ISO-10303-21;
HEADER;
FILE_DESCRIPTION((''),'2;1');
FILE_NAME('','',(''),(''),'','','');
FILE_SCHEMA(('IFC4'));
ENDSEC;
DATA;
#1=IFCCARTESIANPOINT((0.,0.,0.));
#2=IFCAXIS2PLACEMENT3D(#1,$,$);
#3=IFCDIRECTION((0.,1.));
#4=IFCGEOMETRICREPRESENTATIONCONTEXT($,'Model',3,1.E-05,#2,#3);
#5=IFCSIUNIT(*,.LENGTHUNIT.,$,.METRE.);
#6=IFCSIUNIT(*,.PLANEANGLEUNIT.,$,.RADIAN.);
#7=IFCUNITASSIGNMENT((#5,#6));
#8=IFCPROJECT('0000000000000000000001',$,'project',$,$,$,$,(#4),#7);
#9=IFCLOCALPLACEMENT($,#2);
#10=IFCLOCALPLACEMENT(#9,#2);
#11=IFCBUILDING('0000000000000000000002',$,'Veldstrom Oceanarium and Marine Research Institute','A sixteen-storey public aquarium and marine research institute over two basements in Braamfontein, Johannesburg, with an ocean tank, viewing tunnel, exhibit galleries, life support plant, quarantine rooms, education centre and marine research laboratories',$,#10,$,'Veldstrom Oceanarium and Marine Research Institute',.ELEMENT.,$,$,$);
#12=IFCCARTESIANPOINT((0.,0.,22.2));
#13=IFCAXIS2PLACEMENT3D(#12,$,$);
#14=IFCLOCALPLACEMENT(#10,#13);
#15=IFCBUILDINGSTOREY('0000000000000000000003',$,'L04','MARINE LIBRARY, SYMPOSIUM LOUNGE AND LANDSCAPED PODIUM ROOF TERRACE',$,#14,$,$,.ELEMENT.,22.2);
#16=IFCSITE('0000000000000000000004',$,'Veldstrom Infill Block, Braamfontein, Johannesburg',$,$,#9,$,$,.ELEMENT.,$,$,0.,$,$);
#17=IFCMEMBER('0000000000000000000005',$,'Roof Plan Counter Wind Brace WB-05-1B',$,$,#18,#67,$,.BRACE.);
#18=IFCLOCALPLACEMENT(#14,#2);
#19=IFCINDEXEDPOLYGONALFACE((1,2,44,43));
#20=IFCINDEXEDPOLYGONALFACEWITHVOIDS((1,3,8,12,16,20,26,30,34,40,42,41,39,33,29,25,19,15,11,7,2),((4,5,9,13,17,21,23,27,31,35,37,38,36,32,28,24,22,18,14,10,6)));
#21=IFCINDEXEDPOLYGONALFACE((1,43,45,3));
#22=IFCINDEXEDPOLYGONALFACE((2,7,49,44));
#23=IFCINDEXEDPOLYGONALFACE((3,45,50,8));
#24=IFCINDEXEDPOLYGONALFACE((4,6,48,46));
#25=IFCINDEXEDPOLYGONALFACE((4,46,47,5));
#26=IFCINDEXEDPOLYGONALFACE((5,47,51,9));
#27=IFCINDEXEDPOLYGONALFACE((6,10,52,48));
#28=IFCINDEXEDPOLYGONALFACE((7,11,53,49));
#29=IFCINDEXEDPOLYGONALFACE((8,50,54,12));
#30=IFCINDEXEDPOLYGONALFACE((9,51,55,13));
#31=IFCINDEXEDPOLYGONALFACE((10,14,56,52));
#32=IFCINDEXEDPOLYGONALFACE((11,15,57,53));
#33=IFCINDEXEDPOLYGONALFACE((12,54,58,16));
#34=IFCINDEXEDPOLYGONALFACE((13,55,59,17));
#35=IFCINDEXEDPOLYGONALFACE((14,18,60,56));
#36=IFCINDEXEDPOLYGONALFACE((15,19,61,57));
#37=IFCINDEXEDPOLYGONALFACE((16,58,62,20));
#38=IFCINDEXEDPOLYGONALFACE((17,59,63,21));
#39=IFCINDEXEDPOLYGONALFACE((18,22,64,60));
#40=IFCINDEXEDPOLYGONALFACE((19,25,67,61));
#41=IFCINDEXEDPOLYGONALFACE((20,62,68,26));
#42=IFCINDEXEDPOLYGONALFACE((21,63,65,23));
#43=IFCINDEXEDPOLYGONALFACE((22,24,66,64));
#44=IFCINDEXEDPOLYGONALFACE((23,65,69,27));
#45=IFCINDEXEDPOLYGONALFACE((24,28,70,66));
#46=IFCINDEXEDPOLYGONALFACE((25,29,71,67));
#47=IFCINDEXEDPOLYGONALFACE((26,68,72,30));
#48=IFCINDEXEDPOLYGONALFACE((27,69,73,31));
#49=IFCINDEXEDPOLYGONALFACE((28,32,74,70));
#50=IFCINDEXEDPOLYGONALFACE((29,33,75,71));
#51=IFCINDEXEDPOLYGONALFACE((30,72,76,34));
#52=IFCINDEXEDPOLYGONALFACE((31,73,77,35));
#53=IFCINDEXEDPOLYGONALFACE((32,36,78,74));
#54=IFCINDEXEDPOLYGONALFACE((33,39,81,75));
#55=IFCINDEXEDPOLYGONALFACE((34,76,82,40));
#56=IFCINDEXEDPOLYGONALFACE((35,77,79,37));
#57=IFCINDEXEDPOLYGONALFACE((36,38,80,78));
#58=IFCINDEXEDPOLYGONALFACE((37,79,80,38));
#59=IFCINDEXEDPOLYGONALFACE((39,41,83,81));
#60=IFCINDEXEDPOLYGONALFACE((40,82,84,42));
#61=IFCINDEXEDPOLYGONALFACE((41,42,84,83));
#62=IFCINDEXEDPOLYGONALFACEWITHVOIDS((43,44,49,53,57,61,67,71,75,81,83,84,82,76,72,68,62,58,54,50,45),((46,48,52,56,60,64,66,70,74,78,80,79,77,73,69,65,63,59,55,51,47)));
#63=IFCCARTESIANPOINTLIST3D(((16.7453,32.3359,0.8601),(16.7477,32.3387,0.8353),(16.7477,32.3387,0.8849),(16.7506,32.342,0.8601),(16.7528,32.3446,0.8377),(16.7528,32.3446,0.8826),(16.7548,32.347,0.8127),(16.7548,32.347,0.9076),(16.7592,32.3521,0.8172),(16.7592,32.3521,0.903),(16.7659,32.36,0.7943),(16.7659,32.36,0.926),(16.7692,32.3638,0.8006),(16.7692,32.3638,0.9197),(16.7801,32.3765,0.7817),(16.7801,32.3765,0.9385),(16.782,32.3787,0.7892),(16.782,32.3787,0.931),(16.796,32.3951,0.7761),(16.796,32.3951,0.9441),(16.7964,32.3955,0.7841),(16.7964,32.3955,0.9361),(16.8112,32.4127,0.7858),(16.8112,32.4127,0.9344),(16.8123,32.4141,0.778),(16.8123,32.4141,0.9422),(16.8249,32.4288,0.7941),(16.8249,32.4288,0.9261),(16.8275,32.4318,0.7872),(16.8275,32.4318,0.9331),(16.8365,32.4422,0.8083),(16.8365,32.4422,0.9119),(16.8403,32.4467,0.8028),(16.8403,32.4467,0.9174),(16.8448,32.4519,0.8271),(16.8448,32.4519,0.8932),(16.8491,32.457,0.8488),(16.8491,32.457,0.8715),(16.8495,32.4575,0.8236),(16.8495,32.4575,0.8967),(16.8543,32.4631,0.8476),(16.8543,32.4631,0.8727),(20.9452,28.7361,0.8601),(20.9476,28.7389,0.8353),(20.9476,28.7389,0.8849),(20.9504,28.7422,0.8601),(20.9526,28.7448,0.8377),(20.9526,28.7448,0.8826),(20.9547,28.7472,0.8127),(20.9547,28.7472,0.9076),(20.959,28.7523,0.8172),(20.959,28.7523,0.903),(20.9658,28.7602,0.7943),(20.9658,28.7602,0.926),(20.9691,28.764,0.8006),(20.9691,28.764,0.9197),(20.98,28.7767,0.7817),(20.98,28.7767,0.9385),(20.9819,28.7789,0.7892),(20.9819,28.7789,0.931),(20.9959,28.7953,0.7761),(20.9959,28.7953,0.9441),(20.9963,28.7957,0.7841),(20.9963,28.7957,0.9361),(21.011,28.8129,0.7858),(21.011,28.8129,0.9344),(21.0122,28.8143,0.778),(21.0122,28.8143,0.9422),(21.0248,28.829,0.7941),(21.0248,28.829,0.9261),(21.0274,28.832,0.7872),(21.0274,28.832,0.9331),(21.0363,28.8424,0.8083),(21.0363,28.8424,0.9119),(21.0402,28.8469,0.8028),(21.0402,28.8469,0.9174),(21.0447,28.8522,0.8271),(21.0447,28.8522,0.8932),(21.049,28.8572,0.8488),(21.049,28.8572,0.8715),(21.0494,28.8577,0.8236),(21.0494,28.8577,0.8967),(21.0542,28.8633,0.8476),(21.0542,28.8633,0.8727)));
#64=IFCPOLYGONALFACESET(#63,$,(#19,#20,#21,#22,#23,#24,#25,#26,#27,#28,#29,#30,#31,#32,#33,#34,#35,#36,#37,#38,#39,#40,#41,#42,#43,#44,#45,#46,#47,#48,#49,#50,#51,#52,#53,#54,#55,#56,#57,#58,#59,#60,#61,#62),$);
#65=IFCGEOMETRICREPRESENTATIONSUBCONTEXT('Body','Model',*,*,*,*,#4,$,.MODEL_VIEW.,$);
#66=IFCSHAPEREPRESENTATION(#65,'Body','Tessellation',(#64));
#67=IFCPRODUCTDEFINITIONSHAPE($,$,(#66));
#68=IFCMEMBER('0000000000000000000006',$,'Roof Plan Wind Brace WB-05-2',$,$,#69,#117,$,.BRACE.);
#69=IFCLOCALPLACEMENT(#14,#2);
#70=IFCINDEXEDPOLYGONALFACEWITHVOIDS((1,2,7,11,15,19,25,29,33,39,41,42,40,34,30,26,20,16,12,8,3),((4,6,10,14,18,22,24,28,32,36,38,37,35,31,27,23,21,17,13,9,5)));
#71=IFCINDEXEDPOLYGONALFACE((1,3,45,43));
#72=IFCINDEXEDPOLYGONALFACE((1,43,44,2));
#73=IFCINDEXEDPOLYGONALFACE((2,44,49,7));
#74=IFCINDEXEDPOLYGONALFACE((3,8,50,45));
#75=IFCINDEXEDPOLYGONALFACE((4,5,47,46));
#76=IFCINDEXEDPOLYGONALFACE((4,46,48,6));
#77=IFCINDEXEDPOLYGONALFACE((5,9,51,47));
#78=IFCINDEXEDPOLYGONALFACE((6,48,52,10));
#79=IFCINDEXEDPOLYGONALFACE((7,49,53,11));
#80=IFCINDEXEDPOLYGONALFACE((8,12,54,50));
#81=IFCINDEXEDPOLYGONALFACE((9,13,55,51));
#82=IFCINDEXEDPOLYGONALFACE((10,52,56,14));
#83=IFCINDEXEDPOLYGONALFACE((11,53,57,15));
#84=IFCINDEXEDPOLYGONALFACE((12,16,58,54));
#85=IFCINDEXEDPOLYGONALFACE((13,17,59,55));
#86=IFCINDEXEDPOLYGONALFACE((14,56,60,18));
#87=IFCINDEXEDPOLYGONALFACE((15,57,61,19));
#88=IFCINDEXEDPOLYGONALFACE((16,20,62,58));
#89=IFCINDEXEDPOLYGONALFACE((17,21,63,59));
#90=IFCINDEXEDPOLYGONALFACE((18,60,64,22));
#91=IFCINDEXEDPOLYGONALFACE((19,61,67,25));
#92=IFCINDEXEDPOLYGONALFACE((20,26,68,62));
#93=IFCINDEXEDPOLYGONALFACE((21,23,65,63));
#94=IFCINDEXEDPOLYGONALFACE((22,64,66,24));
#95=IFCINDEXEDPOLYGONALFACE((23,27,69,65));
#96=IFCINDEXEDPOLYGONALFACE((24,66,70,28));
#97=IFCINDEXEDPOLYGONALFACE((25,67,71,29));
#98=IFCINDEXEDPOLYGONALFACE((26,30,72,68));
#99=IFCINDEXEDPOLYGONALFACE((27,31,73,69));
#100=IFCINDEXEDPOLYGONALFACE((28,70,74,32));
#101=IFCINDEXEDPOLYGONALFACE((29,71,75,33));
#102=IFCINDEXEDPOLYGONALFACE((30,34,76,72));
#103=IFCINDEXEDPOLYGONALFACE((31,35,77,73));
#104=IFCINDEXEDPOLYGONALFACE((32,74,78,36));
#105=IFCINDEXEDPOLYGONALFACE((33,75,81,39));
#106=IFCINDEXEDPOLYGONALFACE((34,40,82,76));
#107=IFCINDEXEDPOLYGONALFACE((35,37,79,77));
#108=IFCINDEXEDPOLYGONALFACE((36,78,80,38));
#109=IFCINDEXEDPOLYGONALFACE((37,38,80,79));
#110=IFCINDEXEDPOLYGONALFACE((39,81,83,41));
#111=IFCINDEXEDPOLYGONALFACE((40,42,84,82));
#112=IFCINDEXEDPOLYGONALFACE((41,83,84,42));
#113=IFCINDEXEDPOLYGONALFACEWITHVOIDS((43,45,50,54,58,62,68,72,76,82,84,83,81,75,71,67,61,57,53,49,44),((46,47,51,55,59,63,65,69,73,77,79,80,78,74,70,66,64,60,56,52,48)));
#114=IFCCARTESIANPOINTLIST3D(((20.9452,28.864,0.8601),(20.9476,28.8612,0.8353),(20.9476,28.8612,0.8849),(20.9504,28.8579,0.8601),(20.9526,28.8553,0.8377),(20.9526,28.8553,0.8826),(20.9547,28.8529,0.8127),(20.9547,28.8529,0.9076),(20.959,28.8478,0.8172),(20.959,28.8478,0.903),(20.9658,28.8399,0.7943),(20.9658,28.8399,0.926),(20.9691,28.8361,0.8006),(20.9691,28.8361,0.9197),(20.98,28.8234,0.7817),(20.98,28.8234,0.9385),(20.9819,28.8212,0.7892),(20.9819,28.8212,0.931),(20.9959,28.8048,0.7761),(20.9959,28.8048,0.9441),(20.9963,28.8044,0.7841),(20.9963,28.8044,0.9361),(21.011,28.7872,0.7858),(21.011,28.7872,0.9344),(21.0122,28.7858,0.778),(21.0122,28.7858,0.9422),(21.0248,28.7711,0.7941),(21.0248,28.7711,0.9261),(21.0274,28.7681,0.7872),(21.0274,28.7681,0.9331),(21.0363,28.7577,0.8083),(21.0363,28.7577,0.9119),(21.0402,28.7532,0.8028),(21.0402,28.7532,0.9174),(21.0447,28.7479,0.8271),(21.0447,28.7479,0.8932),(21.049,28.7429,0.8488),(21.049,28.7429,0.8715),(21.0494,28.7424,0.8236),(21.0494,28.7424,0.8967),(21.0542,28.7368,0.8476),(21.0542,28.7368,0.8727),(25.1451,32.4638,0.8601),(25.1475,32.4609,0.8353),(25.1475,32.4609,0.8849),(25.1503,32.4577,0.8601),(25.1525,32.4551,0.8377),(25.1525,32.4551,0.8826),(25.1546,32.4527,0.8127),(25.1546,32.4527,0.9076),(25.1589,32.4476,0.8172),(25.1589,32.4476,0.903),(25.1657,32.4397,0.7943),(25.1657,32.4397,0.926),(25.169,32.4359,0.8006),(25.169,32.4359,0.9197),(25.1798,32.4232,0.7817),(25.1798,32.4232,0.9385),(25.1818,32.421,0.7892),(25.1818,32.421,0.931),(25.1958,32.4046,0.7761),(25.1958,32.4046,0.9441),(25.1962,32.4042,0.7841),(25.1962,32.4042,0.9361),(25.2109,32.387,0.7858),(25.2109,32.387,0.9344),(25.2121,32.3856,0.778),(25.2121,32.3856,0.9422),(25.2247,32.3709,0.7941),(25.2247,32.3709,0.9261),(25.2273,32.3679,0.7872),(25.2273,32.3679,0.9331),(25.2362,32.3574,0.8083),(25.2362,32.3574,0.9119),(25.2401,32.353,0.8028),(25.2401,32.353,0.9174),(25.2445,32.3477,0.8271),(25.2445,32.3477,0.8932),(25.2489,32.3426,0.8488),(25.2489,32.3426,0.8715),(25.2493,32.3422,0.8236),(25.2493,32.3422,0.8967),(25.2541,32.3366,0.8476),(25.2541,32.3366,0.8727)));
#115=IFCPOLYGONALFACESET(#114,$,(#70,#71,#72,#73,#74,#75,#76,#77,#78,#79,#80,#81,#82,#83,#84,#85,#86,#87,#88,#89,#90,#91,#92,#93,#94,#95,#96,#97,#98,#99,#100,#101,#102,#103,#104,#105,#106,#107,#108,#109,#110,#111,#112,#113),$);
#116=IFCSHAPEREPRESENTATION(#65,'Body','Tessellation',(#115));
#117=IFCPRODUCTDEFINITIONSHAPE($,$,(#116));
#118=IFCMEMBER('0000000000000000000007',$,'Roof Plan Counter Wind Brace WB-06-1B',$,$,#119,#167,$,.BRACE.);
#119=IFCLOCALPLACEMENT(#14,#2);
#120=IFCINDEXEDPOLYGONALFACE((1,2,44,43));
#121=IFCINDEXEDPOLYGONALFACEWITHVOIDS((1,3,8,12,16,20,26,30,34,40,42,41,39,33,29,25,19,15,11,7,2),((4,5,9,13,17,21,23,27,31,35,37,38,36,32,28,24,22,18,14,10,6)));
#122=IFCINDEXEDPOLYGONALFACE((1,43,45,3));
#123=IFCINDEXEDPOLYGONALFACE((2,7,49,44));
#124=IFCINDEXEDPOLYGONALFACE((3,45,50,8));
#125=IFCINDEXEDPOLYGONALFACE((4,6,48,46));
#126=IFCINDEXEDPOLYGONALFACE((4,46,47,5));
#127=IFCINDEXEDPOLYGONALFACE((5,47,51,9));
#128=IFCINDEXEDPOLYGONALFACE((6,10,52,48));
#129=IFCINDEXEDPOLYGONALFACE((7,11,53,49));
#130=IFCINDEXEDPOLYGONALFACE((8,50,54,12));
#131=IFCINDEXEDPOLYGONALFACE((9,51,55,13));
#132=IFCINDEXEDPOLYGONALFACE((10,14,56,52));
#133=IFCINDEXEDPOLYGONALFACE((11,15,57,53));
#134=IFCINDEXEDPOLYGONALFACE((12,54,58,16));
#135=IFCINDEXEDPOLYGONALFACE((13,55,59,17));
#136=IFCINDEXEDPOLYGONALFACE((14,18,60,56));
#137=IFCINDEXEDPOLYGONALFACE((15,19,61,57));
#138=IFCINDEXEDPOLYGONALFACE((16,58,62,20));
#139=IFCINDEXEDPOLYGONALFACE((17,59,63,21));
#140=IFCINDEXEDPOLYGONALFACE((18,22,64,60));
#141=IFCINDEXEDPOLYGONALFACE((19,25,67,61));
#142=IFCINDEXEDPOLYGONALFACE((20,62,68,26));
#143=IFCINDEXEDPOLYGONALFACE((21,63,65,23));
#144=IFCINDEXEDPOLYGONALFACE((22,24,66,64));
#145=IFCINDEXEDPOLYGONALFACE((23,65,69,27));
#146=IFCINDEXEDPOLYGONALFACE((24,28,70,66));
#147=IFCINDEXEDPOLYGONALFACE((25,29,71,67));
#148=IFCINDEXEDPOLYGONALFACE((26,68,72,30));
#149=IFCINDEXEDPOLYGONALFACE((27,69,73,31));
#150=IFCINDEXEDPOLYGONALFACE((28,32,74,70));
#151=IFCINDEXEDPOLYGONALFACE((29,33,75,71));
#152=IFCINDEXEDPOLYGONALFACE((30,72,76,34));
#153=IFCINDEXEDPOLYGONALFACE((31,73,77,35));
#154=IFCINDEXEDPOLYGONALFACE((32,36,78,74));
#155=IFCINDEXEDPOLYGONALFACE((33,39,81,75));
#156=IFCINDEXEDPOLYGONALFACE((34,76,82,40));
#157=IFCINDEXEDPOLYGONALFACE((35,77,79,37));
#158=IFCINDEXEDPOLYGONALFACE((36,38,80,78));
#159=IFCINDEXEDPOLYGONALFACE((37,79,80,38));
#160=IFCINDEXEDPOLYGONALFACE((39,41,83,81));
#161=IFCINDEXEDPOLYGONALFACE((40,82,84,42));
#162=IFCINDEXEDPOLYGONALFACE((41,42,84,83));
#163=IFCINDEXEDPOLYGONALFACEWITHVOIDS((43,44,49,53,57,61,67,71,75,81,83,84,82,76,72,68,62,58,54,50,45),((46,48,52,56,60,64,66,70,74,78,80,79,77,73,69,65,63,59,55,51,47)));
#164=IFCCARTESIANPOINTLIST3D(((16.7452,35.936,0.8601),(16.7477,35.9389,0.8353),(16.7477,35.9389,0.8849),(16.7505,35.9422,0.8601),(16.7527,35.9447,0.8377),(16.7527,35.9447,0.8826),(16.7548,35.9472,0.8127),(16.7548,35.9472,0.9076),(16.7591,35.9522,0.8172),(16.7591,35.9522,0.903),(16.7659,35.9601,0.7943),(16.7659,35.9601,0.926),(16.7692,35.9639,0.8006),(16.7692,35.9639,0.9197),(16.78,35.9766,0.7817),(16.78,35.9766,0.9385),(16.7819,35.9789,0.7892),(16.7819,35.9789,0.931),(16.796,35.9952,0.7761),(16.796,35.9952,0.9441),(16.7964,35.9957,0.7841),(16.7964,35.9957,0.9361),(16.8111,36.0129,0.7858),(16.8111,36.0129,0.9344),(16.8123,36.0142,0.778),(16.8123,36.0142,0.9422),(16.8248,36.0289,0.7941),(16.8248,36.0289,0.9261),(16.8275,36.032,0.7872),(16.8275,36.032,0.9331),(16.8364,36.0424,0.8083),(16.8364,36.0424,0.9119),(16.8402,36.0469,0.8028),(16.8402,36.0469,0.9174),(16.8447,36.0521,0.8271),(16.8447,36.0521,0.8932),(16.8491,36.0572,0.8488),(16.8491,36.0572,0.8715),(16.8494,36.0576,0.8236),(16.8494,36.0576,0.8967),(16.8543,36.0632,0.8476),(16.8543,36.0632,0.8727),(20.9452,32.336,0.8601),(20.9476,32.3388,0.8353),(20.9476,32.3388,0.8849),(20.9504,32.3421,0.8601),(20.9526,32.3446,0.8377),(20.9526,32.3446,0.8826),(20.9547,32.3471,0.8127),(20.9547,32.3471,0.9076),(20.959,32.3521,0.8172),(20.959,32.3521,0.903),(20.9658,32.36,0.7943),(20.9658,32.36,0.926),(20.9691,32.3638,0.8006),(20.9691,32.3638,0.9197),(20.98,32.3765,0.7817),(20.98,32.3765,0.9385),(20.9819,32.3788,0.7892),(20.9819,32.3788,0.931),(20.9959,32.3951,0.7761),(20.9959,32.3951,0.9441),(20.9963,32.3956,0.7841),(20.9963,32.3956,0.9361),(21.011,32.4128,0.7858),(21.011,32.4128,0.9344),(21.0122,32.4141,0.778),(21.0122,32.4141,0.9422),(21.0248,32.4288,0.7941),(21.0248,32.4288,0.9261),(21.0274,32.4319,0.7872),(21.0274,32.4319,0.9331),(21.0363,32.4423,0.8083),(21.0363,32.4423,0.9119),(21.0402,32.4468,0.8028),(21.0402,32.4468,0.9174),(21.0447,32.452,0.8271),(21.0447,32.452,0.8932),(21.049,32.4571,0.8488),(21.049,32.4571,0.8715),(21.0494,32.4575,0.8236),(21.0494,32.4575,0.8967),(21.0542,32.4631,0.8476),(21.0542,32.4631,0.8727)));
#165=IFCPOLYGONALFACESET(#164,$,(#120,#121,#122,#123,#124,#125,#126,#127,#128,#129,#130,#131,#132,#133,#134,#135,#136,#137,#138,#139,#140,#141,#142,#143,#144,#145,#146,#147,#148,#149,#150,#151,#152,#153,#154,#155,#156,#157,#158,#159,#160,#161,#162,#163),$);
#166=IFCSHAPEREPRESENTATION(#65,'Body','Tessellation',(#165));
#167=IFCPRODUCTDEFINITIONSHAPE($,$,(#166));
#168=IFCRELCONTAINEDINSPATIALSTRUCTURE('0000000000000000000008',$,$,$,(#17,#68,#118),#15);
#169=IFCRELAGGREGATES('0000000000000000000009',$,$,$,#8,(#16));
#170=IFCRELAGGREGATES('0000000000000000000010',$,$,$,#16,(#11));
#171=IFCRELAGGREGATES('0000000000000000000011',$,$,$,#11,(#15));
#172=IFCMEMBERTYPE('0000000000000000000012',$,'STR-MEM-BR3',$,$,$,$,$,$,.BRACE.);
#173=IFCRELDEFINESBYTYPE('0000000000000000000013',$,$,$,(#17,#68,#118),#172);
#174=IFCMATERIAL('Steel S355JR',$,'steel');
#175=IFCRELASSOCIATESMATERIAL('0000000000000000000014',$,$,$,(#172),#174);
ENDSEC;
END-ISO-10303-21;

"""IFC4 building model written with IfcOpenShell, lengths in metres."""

from ifc_helpers import new_model, si_unit, direction, frame, origin, origin_2d, place, context, subcontext, project, spatial, hollow_circle, extrude, material, material_profile, profile_set, type_object, element, save


model = new_model("IFC4")

# Units and contexts
model_context = context("Model", 3, precision=1e-05, world=origin(), true_north=direction((0.0, 1.0)))
body_context = subcontext(model_context, "Body", "Model", "MODEL_VIEW")
ifc_project = project(units=[si_unit("LENGTHUNIT", "METRE"), si_unit("PLANEANGLEUNIT", "RADIAN")], contexts=[model_context])

# Site, building, storey
site_placement = place(None, origin())
site = spatial("IfcSite", under=ifc_project, at=site_placement, Name="Veldstrom Infill Block, Braamfontein, Johannesburg", CompositionType="ELEMENT", RefElevation=0.0)
building_placement = place(site_placement, origin())
building = spatial("IfcBuilding", under=site, at=building_placement, Name="Veldstrom Oceanarium and Marine Research Institute", Description="A sixteen-storey public aquarium and marine research institute over two basements in Braamfontein, Johannesburg, with an ocean tank, viewing tunnel, exhibit galleries, life support plant, quarantine rooms, education centre and marine research laboratories", LongName="Veldstrom Oceanarium and Marine Research Institute", CompositionType="ELEMENT")
storey_placement = place(building_placement, frame((0.0, 0.0, 22.2)))
storey = spatial("IfcBuildingStorey", under=building, at=storey_placement, Name="L04", Description="MARINE LIBRARY, SYMPOSIUM LOUNGE AND LANDSCAPED PODIUM ROOF TERRACE", CompositionType="ELEMENT", Elevation=22.2)

# Members
ifc_material_1 = material(Name="Steel S355JR", Category="steel")
ifc_material_profile_1 = material_profile(ifc_material_1, hollow_circle(Radius=0.0842, WallThickness=0.0081, at=origin_2d()), Name="CHS 168.3x8")
ifc_profile_set_1 = profile_set([ifc_material_profile_1], Name="Steel S355JR")
member_type_1 = type_object("IfcMemberType", Name="STR-MEM-BR3", PredefinedType="BRACE", material=ifc_profile_set_1)
for number, where, z_axis, x_axis, name in (
    (1, (21.0, 28.8, 0.8601), (-0.759266, 0.65078, 0.0), (-0.65078, -0.759266, 0.0), "Roof Plan Counter Wind Brace WB-05-1B"),
    (2, (21.0, 28.8, 0.8601), (0.759266, 0.65078, 0.0), (-0.65078, 0.759266, 0.0), "Roof Plan Wind Brace WB-05-2"),
):
    element("IfcMember", number, at=place(storey_placement, frame(where, z_axis=z_axis, x_axis=x_axis)), inside=storey, type_object=member_type_1, Name=name, PredefinedType="BRACE", context=body_context, shape_type="SweptSolid", body=[
        extrude(hollow_circle(Radius=0.0842, WallThickness=0.0081, at=origin_2d()), origin(), (0.0, 0.0, 1.0), 5.5315),
    ])
for number, where, z_axis, x_axis, name in (
    (3, (21.0, 32.3999, 0.8601), (-0.759244, 0.650806, 0.0), (-0.650806, -0.759244, 0.0), "Roof Plan Counter Wind Brace WB-06-1B"),
):
    element("IfcMember", number, at=place(storey_placement, frame(where, z_axis=z_axis, x_axis=x_axis)), inside=storey, type_object=member_type_1, Name=name, PredefinedType="BRACE", context=body_context, shape_type="SweptSolid", body=[
        extrude(hollow_circle(Radius=0.0842, WallThickness=0.0081, at=origin_2d()), origin(), (0.0, 0.0, 1.0), 5.5317),
    ])

save(model, "model.ifc")
